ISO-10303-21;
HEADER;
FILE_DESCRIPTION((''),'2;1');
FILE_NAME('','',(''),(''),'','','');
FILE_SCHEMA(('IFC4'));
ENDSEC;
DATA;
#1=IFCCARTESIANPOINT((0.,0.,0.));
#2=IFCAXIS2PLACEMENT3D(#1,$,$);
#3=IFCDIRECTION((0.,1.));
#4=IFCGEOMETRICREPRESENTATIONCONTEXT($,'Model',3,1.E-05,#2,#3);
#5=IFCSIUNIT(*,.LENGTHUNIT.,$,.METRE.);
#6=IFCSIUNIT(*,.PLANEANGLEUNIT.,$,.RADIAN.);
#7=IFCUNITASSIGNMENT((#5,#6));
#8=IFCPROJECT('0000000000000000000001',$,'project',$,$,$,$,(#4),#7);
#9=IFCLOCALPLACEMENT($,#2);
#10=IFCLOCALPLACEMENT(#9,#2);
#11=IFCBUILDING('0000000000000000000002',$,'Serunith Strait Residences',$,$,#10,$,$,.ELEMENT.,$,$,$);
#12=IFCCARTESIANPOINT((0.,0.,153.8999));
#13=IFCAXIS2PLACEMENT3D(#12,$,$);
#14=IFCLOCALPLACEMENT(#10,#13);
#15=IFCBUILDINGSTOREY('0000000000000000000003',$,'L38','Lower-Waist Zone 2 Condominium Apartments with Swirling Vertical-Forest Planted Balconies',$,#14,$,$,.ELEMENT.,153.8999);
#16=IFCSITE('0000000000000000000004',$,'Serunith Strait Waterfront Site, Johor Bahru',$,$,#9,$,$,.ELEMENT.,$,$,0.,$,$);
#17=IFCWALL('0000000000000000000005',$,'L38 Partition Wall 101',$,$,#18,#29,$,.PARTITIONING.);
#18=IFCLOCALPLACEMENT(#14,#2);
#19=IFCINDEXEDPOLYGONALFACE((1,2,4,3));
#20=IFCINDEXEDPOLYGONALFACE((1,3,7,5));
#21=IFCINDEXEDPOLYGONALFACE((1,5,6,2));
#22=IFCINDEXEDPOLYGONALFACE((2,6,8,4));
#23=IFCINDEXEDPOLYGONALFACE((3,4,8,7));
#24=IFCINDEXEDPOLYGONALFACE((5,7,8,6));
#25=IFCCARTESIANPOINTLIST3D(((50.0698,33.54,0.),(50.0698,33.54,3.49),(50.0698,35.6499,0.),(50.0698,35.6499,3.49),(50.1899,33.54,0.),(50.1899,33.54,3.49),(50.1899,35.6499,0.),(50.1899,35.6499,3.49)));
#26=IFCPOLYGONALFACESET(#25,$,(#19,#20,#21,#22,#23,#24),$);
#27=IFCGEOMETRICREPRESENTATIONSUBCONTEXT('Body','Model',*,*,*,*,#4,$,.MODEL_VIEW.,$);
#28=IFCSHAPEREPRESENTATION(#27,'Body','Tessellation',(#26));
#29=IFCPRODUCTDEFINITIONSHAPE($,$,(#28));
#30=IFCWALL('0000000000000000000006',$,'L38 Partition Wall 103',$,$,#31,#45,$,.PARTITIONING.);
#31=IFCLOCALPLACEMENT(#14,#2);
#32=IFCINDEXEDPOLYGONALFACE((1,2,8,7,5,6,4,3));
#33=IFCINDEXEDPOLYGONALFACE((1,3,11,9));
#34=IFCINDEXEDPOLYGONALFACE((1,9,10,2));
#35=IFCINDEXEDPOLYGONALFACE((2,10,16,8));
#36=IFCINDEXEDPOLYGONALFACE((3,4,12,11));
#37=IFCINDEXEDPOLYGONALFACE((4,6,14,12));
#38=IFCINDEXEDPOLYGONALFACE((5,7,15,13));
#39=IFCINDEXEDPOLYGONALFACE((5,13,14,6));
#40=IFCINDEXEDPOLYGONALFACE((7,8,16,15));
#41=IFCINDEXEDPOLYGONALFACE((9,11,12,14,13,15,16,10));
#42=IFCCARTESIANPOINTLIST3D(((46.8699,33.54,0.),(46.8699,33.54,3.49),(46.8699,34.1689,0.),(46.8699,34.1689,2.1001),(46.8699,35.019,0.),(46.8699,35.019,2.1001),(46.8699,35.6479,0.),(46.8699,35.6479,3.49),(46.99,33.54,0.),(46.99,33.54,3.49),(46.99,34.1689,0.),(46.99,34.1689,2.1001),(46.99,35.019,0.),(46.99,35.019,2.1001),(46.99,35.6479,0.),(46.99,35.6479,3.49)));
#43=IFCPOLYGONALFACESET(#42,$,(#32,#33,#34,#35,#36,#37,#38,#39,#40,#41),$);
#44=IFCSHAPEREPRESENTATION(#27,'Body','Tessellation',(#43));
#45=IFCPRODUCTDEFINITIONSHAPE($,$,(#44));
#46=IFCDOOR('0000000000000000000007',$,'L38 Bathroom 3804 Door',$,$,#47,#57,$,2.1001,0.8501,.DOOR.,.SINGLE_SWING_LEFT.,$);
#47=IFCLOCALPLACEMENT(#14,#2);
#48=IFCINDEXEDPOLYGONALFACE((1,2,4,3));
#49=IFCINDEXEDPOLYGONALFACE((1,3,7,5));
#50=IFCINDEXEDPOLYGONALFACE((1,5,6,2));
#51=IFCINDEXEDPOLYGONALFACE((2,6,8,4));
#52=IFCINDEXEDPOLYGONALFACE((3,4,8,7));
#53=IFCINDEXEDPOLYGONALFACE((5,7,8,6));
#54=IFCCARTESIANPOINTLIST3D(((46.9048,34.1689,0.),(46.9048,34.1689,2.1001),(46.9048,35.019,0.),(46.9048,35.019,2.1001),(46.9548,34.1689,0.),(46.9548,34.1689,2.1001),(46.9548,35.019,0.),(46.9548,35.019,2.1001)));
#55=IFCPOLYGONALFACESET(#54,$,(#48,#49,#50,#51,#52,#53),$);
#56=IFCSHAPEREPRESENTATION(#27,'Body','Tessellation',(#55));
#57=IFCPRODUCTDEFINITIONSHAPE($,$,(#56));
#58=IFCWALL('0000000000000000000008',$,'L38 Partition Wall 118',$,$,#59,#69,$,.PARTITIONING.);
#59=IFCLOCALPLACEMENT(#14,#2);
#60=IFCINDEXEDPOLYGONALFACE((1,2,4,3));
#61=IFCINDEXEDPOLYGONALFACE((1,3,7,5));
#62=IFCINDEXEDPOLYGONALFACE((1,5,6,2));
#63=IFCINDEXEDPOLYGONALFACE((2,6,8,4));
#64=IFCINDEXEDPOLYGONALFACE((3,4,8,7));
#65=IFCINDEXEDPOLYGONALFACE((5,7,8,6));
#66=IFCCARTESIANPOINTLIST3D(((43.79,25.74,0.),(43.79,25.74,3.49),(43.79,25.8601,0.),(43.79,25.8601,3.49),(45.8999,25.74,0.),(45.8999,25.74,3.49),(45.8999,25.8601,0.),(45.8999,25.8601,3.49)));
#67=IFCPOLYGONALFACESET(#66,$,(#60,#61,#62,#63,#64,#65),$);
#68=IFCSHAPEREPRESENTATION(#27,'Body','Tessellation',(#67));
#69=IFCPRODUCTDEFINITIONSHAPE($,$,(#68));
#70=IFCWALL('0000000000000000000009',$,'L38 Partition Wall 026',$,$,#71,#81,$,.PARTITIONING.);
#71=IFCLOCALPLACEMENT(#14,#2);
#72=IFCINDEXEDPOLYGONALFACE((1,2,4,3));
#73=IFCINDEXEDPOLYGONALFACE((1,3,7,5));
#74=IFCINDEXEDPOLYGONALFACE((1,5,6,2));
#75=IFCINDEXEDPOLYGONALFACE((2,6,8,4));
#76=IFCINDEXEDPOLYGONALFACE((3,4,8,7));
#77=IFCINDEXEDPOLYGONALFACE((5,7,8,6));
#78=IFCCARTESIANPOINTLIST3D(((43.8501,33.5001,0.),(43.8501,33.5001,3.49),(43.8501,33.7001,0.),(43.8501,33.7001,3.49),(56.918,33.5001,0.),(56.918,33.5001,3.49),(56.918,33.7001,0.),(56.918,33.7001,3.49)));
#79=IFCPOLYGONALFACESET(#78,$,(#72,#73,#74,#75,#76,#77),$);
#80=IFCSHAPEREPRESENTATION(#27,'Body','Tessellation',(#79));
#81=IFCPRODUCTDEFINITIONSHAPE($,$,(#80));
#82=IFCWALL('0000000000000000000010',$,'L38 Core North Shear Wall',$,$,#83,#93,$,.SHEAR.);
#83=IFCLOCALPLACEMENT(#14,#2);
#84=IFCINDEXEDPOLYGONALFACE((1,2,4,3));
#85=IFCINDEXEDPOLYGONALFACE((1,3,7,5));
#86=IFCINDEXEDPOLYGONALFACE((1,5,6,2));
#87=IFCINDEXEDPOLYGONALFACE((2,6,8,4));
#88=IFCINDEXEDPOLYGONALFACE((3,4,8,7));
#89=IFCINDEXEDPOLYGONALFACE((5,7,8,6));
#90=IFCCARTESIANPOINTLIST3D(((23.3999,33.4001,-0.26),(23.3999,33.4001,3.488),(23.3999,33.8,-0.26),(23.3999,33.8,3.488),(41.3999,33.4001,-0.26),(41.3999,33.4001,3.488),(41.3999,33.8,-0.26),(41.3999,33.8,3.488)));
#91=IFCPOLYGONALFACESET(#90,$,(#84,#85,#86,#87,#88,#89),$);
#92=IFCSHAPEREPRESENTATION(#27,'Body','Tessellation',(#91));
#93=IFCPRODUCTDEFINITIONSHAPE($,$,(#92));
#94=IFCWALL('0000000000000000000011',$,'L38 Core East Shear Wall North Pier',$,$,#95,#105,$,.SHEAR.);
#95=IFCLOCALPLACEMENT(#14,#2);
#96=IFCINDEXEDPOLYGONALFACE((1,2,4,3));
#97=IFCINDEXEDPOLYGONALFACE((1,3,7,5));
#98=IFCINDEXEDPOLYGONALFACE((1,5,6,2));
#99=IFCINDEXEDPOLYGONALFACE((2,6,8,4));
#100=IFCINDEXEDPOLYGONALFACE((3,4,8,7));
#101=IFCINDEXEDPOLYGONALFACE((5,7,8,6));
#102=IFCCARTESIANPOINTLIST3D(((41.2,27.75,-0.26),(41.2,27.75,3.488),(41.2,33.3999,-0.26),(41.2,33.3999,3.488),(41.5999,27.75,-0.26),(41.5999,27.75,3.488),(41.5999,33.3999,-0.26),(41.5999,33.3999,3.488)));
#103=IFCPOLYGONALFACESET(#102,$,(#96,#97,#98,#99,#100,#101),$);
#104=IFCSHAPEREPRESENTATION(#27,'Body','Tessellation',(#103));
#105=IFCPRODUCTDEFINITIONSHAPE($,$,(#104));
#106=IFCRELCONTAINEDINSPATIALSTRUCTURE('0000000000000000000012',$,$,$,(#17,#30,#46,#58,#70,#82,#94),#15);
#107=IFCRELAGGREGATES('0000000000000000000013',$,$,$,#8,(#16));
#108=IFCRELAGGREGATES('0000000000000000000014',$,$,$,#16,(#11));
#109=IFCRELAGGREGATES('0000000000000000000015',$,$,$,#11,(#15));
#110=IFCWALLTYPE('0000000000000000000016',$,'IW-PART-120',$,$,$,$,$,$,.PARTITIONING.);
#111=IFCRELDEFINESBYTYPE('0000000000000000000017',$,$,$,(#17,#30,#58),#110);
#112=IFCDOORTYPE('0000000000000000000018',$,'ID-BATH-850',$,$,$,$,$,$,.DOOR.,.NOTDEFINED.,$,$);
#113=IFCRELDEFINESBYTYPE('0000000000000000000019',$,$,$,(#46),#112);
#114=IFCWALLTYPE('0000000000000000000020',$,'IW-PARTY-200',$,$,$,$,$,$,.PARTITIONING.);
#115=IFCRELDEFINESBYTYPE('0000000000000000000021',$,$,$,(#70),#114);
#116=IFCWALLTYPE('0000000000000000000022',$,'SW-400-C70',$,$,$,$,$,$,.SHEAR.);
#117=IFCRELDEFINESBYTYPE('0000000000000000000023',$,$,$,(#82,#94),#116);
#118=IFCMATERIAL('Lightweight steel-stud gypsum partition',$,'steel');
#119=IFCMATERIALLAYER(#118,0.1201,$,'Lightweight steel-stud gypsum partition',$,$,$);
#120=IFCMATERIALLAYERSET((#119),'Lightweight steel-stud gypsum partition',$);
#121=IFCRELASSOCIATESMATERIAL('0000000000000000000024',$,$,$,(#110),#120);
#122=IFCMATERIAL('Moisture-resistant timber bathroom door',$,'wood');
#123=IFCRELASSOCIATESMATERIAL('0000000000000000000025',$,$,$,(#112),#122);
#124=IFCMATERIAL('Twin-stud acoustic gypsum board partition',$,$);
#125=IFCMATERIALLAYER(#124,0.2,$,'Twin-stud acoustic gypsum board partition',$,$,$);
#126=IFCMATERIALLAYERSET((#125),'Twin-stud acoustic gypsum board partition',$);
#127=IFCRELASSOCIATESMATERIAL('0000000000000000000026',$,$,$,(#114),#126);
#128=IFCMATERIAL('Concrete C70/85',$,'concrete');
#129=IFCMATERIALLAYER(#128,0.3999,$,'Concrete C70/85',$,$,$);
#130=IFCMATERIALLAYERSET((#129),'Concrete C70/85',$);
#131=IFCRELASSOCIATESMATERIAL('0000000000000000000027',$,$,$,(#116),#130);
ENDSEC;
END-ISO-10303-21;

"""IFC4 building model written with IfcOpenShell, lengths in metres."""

from ifc_helpers import new_model, si_unit, direction, frame, frame_2d, origin, place, context, subcontext, project, spatial, rectangle, extrude, source, transform, mapped, material, layer, layer_set, type_object, element, fill, save


model = new_model("IFC4")

# Units and contexts
model_context = context("Model", 3, precision=1e-05, world=origin(), true_north=direction((0.0, 1.0)))
body_context = subcontext(model_context, "Body", "Model", "MODEL_VIEW")
ifc_project = project(units=[si_unit("LENGTHUNIT", "METRE"), si_unit("PLANEANGLEUNIT", "RADIAN")], contexts=[model_context])

# Site, building, storey
site_placement = place(None, origin())
site = spatial("IfcSite", under=ifc_project, at=site_placement, Name="Serunith Strait Waterfront Site, Johor Bahru", CompositionType="ELEMENT", RefElevation=0.0)
building_placement = place(site_placement, origin())
building = spatial("IfcBuilding", under=site, at=building_placement, Name="Serunith Strait Residences", CompositionType="ELEMENT")
storey_placement = place(building_placement, frame((0.0, 0.0, 153.8999)))
storey = spatial("IfcBuildingStorey", under=building, at=storey_placement, Name="L38", Description="Lower-Waist Zone 2 Condominium Apartments with Swirling Vertical-Forest Planted Balconies", CompositionType="ELEMENT", Elevation=153.8999)

# Wall
ifc_material_1 = material(Name="Lightweight steel-stud gypsum partition", Category="steel")
ifc_layer_1 = layer(ifc_material_1, 0.1201, Name="Lightweight steel-stud gypsum partition")
ifc_layer_set_1 = layer_set([ifc_layer_1], Name="Lightweight steel-stud gypsum partition")
wall_type_1 = type_object("IfcWallType", Name="IW-PART-120", PredefinedType="PARTITIONING", material=ifc_layer_set_1)
wall_1_placement = place(storey_placement, frame((50.1299, 35.6499, 0.0), z_axis=(0.0, 0.0, 1.0), x_axis=(0.0, -1.0, 0.0)))
element("IfcWall", 1, at=wall_1_placement, inside=storey, type_object=wall_type_1, Name="L38 Partition Wall 101", PredefinedType="PARTITIONING", context=body_context, shape_type="SweptSolid", body=[
    extrude(rectangle(XDim=2.1099, YDim=0.1201, at=frame_2d((1.0549, 0.0))), origin(), (0.0, 0.0, 1.0), 3.49),
])

# Wall, opening, door
wall_2_placement = place(storey_placement, frame((46.9299, 35.6479, 0.0), z_axis=(0.0, 0.0, 1.0), x_axis=(0.0, -1.0, 0.0)))
wall_2 = element("IfcWall", 2, at=wall_2_placement, inside=storey, type_object=wall_type_1, Name="L38 Partition Wall 103", PredefinedType="PARTITIONING", context=body_context, shape_type="SweptSolid", body=[
    extrude(rectangle(XDim=2.1079, YDim=0.1201, at=frame_2d((1.054, 0.0))), origin(), (0.0, 0.0, 1.0), 3.49),
])
opening_1_placement = place(wall_2_placement, frame((0.6289, 0.0, 0.0)))
opening_1 = element("IfcOpeningElement", 3, at=opening_1_placement, cuts=wall_2, PredefinedType="OPENING", context=body_context, shape_type="SweptSolid", body=[
    extrude(rectangle(XDim=0.8501, YDim=2.1001, at=frame_2d((0.425, 1.05))), frame((0.0, 0.0701, 0.0), z_axis=(0.0, -1.0, 0.0), x_axis=(1.0, 0.0, 0.0)), (0.0, 0.0, 1.0), 0.1401),
])
ifc_material_2 = material(Name="Moisture-resistant timber bathroom door", Category="wood")
door_type_1 = type_object("IfcDoorType", Name="ID-BATH-850", OperationType="NOTDEFINED", PredefinedType="DOOR", material=ifc_material_2)
shared_shape_1 = source(origin(), body_context, "Body", "SweptSolid", [
    extrude(rectangle(XDim=0.8501, YDim=2.1001, at=frame_2d((0.425, 1.05))), frame((0.0, 0.0249, 0.0), z_axis=(0.0, -1.0, 0.0), x_axis=(1.0, 0.0, 0.0)), (0.0, 0.0, 1.0), 0.05),
])
door_1_placement = place(opening_1_placement, origin())
door_1 = element("IfcDoor", 4, at=door_1_placement, inside=storey, type_object=door_type_1, Name="L38 Bathroom 3804 Door", OperationType="SINGLE_SWING_LEFT", OverallHeight=2.1001, OverallWidth=0.8501, PredefinedType="DOOR", context=body_context, shape_type="MappedRepresentation", body=[
    mapped(shared_shape_1, transform((0.0, 0.0, 0.0), scale=1.0)),
])
fill(opening_1, door_1)

# Walls
wall_3_placement = place(storey_placement, frame((45.8999, 25.8, 0.0), z_axis=(0.0, 0.0, 1.0), x_axis=(-1.0, 0.0, 0.0)))
element("IfcWall", 5, at=wall_3_placement, inside=storey, type_object=wall_type_1, Name="L38 Partition Wall 118", PredefinedType="PARTITIONING", context=body_context, shape_type="SweptSolid", body=[
    extrude(rectangle(XDim=2.1099, YDim=0.1201, at=frame_2d((1.0549, 0.0))), origin(), (0.0, 0.0, 1.0), 3.49),
])
ifc_material_3 = material(Name="Twin-stud acoustic gypsum board partition")
ifc_layer_2 = layer(ifc_material_3, 0.2, Name="Twin-stud acoustic gypsum board partition")
ifc_layer_set_2 = layer_set([ifc_layer_2], Name="Twin-stud acoustic gypsum board partition")
wall_type_2 = type_object("IfcWallType", Name="IW-PARTY-200", PredefinedType="PARTITIONING", material=ifc_layer_set_2)
wall_4_placement = place(storey_placement, frame((43.8501, 33.6001, 0.0), z_axis=(0.0, 0.0, 1.0), x_axis=(1.0, 0.0, 0.0)))
element("IfcWall", 6, at=wall_4_placement, inside=storey, type_object=wall_type_2, Name="L38 Partition Wall 026", PredefinedType="PARTITIONING", context=body_context, shape_type="SweptSolid", body=[
    extrude(rectangle(XDim=13.0679, YDim=0.2, at=frame_2d((6.5339, 0.0))), origin(), (0.0, 0.0, 1.0), 3.49),
])

# Walls
ifc_material_4 = material(Name="Concrete C70/85", Category="concrete")
ifc_layer_3 = layer(ifc_material_4, 0.3999, Name="Concrete C70/85")
ifc_layer_set_3 = layer_set([ifc_layer_3], Name="Concrete C70/85")
wall_type_3 = type_object("IfcWallType", Name="SW-400-C70", PredefinedType="SHEAR", material=ifc_layer_set_3)
wall_5_placement = place(storey_placement, frame((41.3999, 33.6001, -0.26), z_axis=(0.0, 0.0, 1.0), x_axis=(-1.0, 0.0, 0.0)))
element("IfcWall", 7, at=wall_5_placement, inside=storey, type_object=wall_type_3, Name="L38 Core North Shear Wall", PredefinedType="SHEAR", context=body_context, shape_type="SweptSolid", body=[
    extrude(rectangle(XDim=18.0, YDim=0.3999, at=frame_2d((9.0, 0.0))), origin(), (0.0, 0.0, 1.0), 3.748),
])
wall_6_placement = place(storey_placement, frame((41.3999, 27.75, -0.26), z_axis=(0.0, 0.0, 1.0), x_axis=(0.0, 1.0, 0.0)))
element("IfcWall", 8, at=wall_6_placement, inside=storey, type_object=wall_type_3, Name="L38 Core East Shear Wall North Pier", PredefinedType="SHEAR", context=body_context, shape_type="SweptSolid", body=[
    extrude(rectangle(XDim=5.6499, YDim=0.3999, at=frame_2d((2.825, 0.0))), origin(), (0.0, 0.0, 1.0), 3.748),
])

save(model, "model.ifc")
